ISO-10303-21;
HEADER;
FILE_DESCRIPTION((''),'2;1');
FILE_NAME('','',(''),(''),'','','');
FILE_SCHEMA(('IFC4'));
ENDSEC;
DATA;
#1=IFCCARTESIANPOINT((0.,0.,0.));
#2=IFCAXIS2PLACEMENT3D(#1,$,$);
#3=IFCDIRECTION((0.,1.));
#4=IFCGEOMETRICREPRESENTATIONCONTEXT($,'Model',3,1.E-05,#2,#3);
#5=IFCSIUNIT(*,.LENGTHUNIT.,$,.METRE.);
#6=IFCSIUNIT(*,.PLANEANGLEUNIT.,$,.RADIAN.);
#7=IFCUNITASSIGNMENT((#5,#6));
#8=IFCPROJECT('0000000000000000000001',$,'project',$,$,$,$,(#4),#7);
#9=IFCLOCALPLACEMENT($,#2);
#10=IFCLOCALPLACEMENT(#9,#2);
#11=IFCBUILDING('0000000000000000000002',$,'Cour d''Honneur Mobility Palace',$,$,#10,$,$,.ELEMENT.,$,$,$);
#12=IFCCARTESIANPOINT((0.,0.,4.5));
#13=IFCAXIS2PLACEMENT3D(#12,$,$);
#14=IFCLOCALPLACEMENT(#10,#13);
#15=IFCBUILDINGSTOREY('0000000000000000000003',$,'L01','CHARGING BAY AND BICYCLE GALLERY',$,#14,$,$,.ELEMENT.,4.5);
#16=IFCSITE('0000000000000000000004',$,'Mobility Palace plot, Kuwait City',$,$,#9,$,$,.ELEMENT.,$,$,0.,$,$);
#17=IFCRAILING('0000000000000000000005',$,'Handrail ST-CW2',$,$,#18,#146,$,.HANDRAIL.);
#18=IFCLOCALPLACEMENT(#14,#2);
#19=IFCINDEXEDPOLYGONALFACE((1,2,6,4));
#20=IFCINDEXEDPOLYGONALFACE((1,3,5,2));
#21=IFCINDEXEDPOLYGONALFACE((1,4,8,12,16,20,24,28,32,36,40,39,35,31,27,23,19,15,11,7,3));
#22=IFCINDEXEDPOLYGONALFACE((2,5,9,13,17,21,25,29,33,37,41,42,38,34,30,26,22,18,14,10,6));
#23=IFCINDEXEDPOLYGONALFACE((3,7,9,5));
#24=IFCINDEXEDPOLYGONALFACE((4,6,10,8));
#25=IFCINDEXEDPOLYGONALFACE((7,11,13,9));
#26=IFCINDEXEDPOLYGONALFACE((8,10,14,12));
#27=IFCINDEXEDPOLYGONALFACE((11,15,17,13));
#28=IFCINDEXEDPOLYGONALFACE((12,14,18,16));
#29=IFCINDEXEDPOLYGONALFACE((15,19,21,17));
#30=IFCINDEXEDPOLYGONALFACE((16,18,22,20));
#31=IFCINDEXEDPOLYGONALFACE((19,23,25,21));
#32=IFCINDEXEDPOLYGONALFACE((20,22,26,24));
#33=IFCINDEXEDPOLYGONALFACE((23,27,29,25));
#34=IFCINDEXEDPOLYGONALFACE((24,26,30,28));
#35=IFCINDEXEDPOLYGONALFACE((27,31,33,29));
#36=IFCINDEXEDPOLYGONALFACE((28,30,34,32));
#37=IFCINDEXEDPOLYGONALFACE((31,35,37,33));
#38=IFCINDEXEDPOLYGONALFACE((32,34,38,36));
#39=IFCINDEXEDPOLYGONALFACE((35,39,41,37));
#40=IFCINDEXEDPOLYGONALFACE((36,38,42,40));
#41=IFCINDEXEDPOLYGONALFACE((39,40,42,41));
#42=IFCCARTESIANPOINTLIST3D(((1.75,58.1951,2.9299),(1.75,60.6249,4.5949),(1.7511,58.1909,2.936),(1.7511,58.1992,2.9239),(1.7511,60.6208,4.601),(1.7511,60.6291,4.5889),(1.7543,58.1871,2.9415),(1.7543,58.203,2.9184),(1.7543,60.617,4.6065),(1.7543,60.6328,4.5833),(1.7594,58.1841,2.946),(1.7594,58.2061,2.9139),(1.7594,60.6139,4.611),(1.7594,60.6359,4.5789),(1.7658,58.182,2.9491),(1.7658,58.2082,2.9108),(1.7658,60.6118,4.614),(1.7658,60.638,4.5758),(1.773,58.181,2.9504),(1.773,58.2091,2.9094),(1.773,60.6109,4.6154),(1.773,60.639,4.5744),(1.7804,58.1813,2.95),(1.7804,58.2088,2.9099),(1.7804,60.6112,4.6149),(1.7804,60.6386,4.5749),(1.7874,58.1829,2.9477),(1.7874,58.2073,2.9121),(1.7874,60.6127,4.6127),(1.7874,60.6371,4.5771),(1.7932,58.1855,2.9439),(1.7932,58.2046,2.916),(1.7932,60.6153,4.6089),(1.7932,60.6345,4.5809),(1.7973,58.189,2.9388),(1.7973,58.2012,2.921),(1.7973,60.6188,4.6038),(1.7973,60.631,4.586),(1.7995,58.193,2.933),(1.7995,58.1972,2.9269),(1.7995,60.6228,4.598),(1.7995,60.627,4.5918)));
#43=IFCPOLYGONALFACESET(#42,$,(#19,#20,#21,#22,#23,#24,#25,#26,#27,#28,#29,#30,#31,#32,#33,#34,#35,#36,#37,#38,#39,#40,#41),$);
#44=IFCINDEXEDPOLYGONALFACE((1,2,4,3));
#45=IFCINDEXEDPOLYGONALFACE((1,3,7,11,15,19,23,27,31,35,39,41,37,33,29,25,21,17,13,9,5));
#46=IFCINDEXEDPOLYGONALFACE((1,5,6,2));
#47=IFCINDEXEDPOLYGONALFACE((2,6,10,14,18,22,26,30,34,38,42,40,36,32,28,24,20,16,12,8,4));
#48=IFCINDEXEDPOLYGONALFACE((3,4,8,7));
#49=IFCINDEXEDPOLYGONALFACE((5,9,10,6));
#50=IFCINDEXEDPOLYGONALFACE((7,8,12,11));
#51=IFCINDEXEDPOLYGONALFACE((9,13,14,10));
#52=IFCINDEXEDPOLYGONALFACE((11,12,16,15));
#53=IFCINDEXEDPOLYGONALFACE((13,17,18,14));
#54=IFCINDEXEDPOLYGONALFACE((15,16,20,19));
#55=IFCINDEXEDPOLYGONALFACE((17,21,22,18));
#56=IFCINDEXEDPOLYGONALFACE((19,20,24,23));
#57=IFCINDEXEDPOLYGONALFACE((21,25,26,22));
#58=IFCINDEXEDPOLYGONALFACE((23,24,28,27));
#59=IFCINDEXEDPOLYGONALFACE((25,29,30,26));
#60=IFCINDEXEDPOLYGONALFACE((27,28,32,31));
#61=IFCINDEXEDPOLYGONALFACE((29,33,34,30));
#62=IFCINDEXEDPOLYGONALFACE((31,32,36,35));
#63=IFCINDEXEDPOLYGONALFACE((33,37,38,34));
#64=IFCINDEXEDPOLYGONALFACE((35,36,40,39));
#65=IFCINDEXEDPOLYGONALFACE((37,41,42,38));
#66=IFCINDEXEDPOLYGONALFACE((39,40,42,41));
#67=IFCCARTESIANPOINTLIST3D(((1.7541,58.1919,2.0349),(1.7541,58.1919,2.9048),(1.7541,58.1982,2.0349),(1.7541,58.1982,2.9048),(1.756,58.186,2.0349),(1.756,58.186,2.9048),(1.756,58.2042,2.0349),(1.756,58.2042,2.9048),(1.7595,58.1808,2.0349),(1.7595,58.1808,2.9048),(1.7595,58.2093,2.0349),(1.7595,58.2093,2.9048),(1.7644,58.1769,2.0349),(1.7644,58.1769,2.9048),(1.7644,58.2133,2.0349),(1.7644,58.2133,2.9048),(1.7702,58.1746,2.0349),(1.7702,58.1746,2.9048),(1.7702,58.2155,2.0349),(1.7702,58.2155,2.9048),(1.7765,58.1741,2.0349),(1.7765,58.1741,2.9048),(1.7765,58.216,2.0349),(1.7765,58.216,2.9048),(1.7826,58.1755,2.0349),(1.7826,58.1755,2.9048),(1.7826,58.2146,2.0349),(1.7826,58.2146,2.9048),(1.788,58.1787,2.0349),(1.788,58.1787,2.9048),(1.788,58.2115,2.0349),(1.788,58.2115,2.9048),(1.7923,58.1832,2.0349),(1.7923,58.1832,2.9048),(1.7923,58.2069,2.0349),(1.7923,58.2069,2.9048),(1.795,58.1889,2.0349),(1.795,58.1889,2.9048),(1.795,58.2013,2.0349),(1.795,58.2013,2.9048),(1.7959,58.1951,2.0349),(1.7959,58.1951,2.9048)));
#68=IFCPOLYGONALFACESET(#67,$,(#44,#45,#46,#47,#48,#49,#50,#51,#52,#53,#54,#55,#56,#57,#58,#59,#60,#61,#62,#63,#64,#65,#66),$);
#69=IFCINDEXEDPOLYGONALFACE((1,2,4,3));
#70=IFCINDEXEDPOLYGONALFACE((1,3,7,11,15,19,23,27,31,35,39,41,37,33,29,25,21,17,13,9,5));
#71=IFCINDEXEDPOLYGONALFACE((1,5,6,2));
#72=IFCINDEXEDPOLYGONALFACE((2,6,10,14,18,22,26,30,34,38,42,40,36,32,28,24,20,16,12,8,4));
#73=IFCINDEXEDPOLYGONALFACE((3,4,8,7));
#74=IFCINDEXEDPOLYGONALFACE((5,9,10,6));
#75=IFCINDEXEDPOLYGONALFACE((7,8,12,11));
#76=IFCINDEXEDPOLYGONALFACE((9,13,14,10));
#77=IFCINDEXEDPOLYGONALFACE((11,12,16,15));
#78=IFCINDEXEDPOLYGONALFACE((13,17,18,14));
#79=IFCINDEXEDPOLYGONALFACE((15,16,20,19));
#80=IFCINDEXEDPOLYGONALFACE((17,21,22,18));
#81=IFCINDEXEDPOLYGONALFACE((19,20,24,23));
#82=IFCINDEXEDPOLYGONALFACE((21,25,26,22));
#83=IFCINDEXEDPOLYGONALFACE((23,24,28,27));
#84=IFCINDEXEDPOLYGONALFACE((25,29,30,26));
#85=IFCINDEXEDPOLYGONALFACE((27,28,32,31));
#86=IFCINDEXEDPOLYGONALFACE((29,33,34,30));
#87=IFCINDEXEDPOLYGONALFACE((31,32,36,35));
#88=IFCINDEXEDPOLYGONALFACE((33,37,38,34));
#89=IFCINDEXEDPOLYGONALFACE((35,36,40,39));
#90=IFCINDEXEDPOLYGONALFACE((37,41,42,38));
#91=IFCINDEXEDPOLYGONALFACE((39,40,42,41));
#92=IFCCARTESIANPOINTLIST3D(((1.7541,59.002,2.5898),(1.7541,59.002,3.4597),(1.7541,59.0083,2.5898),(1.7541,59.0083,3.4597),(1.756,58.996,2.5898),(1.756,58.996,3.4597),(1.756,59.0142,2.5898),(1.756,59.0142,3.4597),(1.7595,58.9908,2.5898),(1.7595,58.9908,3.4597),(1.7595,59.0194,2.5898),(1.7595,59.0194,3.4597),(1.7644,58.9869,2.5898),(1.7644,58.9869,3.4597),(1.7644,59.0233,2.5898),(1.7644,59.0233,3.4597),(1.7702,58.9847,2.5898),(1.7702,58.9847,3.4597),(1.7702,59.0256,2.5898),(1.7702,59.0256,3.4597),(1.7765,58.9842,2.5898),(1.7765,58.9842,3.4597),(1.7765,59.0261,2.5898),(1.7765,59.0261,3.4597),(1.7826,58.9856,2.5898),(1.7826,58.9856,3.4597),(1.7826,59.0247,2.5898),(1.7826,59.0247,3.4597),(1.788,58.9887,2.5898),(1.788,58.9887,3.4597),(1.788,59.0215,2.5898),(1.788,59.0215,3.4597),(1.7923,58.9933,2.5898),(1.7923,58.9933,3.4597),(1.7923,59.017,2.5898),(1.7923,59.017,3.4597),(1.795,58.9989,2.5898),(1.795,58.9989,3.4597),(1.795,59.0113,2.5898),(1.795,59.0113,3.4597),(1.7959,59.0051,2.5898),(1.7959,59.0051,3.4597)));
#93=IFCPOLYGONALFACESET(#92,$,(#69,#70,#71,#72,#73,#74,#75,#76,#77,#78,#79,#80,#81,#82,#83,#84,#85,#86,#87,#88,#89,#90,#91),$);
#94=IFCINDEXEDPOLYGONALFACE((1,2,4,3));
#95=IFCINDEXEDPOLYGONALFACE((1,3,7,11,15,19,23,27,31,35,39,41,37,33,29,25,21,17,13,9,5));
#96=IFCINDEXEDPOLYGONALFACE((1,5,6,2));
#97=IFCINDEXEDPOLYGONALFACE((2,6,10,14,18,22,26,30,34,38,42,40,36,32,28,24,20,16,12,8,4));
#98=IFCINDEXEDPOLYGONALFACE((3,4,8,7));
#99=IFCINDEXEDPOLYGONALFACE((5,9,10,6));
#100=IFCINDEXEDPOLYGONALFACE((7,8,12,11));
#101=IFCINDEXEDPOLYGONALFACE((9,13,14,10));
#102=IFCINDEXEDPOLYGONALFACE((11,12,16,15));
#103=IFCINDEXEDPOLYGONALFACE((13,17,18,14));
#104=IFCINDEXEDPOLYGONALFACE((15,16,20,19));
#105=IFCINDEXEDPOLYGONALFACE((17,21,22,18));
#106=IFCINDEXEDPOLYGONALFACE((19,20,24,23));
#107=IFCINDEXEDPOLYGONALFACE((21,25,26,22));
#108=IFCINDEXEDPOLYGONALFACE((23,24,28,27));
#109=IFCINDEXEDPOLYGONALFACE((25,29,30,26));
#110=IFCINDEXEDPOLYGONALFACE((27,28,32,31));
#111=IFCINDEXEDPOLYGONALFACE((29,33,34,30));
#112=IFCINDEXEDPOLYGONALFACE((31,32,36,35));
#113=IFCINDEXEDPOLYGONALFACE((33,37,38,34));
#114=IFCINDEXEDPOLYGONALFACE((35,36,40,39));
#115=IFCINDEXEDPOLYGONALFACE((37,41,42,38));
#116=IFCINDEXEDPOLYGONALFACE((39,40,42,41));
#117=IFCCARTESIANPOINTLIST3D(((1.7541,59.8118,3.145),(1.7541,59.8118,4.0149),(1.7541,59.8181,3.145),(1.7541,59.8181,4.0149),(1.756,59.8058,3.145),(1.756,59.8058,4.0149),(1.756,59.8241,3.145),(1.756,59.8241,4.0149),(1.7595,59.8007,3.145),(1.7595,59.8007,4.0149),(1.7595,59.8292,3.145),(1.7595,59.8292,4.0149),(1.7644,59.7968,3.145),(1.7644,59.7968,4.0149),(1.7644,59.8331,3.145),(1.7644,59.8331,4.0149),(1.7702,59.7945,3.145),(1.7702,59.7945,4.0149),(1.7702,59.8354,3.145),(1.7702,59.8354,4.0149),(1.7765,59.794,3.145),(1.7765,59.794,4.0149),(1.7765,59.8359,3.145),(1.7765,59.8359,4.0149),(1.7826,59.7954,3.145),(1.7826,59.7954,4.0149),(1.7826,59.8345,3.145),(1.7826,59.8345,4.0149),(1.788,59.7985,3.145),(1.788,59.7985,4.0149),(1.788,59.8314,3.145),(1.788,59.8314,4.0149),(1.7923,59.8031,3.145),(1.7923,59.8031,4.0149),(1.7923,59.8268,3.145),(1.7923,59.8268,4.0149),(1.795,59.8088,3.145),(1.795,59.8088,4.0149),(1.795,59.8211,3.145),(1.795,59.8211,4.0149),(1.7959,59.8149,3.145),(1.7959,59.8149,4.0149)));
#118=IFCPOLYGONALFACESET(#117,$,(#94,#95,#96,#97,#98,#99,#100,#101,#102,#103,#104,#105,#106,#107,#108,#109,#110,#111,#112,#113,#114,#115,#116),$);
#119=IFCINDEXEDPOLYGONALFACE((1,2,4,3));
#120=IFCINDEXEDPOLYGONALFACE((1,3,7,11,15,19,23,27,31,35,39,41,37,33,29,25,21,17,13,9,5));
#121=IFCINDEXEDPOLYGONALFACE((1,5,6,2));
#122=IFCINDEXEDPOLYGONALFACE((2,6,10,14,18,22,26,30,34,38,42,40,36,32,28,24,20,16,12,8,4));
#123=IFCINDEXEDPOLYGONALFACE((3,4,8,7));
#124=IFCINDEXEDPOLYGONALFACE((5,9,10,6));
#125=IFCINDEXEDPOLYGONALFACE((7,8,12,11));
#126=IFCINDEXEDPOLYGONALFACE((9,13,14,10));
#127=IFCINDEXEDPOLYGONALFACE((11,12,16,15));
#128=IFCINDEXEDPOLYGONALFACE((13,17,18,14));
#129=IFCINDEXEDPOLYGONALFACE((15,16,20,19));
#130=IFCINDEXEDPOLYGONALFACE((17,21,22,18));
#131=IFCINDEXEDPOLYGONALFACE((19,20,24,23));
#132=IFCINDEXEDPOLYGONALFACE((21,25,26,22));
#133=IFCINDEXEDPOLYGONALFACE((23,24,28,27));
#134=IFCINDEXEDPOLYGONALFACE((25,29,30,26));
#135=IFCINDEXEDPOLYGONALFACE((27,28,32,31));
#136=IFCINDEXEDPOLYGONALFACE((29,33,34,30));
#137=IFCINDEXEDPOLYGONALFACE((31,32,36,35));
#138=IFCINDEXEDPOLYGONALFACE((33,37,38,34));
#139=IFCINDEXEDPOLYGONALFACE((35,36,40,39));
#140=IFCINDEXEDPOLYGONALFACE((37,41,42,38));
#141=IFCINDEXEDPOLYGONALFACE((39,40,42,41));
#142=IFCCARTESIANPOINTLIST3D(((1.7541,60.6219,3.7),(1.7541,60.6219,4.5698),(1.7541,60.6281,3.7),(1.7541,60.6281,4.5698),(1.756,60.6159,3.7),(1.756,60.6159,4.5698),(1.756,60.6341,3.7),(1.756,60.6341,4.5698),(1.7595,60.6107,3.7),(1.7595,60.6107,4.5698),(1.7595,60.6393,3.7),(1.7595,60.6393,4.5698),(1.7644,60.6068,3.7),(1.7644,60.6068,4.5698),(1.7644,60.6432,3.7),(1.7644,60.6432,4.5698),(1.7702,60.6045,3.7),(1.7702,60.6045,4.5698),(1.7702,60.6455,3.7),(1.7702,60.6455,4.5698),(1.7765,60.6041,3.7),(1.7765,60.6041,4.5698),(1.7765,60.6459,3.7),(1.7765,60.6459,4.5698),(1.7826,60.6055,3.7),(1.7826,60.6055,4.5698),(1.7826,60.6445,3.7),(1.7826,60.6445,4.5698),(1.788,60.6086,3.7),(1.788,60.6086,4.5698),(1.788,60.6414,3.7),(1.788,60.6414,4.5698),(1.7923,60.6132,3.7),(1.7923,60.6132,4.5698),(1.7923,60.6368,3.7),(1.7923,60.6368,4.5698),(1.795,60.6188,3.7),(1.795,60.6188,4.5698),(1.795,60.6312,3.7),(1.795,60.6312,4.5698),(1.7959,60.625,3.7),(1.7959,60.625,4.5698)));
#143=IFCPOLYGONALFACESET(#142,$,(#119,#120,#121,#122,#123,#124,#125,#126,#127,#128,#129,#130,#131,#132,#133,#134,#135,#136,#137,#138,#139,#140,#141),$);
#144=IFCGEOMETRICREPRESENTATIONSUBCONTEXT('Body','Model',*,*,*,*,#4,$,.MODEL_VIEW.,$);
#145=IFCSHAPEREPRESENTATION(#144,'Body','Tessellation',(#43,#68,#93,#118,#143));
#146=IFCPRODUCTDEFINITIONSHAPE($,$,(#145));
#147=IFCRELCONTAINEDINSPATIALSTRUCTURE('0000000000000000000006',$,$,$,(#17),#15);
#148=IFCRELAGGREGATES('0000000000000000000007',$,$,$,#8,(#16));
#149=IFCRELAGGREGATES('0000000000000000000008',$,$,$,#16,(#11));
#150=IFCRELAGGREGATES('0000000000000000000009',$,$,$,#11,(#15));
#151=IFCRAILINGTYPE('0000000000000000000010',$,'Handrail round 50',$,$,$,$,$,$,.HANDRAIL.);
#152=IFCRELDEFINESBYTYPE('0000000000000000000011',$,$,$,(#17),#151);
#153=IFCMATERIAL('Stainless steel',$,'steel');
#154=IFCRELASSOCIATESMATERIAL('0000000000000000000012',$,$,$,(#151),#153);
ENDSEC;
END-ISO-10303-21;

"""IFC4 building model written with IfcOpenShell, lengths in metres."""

from ifc_helpers import new_model, si_unit, direction, frame, origin, origin_2d, place, context, subcontext, project, spatial, circle, extrude, material, type_object, element, save


model = new_model("IFC4")

# Units and contexts
model_context = context("Model", 3, precision=1e-05, world=origin(), true_north=direction((0.0, 1.0)))
body_context = subcontext(model_context, "Body", "Model", "MODEL_VIEW")
ifc_project = project(units=[si_unit("LENGTHUNIT", "METRE"), si_unit("PLANEANGLEUNIT", "RADIAN")], contexts=[model_context])

# Site, building, storey
site_placement = place(None, origin())
site = spatial("IfcSite", under=ifc_project, at=site_placement, Name="Mobility Palace plot, Kuwait City", CompositionType="ELEMENT", RefElevation=0.0)
building_placement = place(site_placement, origin())
building = spatial("IfcBuilding", under=site, at=building_placement, Name="Cour d'Honneur Mobility Palace", CompositionType="ELEMENT")
storey_placement = place(building_placement, frame((0.0, 0.0, 4.5)))
storey = spatial("IfcBuildingStorey", under=building, at=storey_placement, Name="L01", Description="CHARGING BAY AND BICYCLE GALLERY", CompositionType="ELEMENT", Elevation=4.5)

# Railing
ifc_material_1 = material(Name="Stainless steel", Category="steel")
railing_type_1 = type_object("IfcRailingType", Name="Handrail round 50", PredefinedType="HANDRAIL", material=ifc_material_1)
for number, where, name in (
    (1, (1.7749, 58.1951, 2.0349), "Handrail ST-CW2"),
):
    element("IfcRailing", number, at=place(storey_placement, frame(where)), inside=storey, type_object=railing_type_1, Name=name, PredefinedType="HANDRAIL", context=body_context, shape_type="SweptSolid", body=[
        extrude(circle(Radius=0.0249, at=origin_2d()), frame((0.0, 0.0, 0.895), z_axis=(0.0, 0.824919, 0.565251), x_axis=(-1.0, 0.0, 0.0)), (0.0, 0.0, 1.0), 2.9456),
        extrude(circle(Radius=0.021, at=origin_2d()), origin(), (0.0, 0.0, 1.0), 0.8699),
        extrude(circle(Radius=0.021, at=origin_2d()), frame((0.0, 0.8101, 0.5549)), (0.0, 0.0, 1.0), 0.8699),
        extrude(circle(Radius=0.021, at=origin_2d()), frame((0.0, 1.6199, 1.1101)), (0.0, 0.0, 1.0), 0.8699),
        extrude(circle(Radius=0.021, at=origin_2d()), frame((0.0, 2.4299, 1.665)), (0.0, 0.0, 1.0), 0.8699),
    ])

save(model, "model.ifc")
